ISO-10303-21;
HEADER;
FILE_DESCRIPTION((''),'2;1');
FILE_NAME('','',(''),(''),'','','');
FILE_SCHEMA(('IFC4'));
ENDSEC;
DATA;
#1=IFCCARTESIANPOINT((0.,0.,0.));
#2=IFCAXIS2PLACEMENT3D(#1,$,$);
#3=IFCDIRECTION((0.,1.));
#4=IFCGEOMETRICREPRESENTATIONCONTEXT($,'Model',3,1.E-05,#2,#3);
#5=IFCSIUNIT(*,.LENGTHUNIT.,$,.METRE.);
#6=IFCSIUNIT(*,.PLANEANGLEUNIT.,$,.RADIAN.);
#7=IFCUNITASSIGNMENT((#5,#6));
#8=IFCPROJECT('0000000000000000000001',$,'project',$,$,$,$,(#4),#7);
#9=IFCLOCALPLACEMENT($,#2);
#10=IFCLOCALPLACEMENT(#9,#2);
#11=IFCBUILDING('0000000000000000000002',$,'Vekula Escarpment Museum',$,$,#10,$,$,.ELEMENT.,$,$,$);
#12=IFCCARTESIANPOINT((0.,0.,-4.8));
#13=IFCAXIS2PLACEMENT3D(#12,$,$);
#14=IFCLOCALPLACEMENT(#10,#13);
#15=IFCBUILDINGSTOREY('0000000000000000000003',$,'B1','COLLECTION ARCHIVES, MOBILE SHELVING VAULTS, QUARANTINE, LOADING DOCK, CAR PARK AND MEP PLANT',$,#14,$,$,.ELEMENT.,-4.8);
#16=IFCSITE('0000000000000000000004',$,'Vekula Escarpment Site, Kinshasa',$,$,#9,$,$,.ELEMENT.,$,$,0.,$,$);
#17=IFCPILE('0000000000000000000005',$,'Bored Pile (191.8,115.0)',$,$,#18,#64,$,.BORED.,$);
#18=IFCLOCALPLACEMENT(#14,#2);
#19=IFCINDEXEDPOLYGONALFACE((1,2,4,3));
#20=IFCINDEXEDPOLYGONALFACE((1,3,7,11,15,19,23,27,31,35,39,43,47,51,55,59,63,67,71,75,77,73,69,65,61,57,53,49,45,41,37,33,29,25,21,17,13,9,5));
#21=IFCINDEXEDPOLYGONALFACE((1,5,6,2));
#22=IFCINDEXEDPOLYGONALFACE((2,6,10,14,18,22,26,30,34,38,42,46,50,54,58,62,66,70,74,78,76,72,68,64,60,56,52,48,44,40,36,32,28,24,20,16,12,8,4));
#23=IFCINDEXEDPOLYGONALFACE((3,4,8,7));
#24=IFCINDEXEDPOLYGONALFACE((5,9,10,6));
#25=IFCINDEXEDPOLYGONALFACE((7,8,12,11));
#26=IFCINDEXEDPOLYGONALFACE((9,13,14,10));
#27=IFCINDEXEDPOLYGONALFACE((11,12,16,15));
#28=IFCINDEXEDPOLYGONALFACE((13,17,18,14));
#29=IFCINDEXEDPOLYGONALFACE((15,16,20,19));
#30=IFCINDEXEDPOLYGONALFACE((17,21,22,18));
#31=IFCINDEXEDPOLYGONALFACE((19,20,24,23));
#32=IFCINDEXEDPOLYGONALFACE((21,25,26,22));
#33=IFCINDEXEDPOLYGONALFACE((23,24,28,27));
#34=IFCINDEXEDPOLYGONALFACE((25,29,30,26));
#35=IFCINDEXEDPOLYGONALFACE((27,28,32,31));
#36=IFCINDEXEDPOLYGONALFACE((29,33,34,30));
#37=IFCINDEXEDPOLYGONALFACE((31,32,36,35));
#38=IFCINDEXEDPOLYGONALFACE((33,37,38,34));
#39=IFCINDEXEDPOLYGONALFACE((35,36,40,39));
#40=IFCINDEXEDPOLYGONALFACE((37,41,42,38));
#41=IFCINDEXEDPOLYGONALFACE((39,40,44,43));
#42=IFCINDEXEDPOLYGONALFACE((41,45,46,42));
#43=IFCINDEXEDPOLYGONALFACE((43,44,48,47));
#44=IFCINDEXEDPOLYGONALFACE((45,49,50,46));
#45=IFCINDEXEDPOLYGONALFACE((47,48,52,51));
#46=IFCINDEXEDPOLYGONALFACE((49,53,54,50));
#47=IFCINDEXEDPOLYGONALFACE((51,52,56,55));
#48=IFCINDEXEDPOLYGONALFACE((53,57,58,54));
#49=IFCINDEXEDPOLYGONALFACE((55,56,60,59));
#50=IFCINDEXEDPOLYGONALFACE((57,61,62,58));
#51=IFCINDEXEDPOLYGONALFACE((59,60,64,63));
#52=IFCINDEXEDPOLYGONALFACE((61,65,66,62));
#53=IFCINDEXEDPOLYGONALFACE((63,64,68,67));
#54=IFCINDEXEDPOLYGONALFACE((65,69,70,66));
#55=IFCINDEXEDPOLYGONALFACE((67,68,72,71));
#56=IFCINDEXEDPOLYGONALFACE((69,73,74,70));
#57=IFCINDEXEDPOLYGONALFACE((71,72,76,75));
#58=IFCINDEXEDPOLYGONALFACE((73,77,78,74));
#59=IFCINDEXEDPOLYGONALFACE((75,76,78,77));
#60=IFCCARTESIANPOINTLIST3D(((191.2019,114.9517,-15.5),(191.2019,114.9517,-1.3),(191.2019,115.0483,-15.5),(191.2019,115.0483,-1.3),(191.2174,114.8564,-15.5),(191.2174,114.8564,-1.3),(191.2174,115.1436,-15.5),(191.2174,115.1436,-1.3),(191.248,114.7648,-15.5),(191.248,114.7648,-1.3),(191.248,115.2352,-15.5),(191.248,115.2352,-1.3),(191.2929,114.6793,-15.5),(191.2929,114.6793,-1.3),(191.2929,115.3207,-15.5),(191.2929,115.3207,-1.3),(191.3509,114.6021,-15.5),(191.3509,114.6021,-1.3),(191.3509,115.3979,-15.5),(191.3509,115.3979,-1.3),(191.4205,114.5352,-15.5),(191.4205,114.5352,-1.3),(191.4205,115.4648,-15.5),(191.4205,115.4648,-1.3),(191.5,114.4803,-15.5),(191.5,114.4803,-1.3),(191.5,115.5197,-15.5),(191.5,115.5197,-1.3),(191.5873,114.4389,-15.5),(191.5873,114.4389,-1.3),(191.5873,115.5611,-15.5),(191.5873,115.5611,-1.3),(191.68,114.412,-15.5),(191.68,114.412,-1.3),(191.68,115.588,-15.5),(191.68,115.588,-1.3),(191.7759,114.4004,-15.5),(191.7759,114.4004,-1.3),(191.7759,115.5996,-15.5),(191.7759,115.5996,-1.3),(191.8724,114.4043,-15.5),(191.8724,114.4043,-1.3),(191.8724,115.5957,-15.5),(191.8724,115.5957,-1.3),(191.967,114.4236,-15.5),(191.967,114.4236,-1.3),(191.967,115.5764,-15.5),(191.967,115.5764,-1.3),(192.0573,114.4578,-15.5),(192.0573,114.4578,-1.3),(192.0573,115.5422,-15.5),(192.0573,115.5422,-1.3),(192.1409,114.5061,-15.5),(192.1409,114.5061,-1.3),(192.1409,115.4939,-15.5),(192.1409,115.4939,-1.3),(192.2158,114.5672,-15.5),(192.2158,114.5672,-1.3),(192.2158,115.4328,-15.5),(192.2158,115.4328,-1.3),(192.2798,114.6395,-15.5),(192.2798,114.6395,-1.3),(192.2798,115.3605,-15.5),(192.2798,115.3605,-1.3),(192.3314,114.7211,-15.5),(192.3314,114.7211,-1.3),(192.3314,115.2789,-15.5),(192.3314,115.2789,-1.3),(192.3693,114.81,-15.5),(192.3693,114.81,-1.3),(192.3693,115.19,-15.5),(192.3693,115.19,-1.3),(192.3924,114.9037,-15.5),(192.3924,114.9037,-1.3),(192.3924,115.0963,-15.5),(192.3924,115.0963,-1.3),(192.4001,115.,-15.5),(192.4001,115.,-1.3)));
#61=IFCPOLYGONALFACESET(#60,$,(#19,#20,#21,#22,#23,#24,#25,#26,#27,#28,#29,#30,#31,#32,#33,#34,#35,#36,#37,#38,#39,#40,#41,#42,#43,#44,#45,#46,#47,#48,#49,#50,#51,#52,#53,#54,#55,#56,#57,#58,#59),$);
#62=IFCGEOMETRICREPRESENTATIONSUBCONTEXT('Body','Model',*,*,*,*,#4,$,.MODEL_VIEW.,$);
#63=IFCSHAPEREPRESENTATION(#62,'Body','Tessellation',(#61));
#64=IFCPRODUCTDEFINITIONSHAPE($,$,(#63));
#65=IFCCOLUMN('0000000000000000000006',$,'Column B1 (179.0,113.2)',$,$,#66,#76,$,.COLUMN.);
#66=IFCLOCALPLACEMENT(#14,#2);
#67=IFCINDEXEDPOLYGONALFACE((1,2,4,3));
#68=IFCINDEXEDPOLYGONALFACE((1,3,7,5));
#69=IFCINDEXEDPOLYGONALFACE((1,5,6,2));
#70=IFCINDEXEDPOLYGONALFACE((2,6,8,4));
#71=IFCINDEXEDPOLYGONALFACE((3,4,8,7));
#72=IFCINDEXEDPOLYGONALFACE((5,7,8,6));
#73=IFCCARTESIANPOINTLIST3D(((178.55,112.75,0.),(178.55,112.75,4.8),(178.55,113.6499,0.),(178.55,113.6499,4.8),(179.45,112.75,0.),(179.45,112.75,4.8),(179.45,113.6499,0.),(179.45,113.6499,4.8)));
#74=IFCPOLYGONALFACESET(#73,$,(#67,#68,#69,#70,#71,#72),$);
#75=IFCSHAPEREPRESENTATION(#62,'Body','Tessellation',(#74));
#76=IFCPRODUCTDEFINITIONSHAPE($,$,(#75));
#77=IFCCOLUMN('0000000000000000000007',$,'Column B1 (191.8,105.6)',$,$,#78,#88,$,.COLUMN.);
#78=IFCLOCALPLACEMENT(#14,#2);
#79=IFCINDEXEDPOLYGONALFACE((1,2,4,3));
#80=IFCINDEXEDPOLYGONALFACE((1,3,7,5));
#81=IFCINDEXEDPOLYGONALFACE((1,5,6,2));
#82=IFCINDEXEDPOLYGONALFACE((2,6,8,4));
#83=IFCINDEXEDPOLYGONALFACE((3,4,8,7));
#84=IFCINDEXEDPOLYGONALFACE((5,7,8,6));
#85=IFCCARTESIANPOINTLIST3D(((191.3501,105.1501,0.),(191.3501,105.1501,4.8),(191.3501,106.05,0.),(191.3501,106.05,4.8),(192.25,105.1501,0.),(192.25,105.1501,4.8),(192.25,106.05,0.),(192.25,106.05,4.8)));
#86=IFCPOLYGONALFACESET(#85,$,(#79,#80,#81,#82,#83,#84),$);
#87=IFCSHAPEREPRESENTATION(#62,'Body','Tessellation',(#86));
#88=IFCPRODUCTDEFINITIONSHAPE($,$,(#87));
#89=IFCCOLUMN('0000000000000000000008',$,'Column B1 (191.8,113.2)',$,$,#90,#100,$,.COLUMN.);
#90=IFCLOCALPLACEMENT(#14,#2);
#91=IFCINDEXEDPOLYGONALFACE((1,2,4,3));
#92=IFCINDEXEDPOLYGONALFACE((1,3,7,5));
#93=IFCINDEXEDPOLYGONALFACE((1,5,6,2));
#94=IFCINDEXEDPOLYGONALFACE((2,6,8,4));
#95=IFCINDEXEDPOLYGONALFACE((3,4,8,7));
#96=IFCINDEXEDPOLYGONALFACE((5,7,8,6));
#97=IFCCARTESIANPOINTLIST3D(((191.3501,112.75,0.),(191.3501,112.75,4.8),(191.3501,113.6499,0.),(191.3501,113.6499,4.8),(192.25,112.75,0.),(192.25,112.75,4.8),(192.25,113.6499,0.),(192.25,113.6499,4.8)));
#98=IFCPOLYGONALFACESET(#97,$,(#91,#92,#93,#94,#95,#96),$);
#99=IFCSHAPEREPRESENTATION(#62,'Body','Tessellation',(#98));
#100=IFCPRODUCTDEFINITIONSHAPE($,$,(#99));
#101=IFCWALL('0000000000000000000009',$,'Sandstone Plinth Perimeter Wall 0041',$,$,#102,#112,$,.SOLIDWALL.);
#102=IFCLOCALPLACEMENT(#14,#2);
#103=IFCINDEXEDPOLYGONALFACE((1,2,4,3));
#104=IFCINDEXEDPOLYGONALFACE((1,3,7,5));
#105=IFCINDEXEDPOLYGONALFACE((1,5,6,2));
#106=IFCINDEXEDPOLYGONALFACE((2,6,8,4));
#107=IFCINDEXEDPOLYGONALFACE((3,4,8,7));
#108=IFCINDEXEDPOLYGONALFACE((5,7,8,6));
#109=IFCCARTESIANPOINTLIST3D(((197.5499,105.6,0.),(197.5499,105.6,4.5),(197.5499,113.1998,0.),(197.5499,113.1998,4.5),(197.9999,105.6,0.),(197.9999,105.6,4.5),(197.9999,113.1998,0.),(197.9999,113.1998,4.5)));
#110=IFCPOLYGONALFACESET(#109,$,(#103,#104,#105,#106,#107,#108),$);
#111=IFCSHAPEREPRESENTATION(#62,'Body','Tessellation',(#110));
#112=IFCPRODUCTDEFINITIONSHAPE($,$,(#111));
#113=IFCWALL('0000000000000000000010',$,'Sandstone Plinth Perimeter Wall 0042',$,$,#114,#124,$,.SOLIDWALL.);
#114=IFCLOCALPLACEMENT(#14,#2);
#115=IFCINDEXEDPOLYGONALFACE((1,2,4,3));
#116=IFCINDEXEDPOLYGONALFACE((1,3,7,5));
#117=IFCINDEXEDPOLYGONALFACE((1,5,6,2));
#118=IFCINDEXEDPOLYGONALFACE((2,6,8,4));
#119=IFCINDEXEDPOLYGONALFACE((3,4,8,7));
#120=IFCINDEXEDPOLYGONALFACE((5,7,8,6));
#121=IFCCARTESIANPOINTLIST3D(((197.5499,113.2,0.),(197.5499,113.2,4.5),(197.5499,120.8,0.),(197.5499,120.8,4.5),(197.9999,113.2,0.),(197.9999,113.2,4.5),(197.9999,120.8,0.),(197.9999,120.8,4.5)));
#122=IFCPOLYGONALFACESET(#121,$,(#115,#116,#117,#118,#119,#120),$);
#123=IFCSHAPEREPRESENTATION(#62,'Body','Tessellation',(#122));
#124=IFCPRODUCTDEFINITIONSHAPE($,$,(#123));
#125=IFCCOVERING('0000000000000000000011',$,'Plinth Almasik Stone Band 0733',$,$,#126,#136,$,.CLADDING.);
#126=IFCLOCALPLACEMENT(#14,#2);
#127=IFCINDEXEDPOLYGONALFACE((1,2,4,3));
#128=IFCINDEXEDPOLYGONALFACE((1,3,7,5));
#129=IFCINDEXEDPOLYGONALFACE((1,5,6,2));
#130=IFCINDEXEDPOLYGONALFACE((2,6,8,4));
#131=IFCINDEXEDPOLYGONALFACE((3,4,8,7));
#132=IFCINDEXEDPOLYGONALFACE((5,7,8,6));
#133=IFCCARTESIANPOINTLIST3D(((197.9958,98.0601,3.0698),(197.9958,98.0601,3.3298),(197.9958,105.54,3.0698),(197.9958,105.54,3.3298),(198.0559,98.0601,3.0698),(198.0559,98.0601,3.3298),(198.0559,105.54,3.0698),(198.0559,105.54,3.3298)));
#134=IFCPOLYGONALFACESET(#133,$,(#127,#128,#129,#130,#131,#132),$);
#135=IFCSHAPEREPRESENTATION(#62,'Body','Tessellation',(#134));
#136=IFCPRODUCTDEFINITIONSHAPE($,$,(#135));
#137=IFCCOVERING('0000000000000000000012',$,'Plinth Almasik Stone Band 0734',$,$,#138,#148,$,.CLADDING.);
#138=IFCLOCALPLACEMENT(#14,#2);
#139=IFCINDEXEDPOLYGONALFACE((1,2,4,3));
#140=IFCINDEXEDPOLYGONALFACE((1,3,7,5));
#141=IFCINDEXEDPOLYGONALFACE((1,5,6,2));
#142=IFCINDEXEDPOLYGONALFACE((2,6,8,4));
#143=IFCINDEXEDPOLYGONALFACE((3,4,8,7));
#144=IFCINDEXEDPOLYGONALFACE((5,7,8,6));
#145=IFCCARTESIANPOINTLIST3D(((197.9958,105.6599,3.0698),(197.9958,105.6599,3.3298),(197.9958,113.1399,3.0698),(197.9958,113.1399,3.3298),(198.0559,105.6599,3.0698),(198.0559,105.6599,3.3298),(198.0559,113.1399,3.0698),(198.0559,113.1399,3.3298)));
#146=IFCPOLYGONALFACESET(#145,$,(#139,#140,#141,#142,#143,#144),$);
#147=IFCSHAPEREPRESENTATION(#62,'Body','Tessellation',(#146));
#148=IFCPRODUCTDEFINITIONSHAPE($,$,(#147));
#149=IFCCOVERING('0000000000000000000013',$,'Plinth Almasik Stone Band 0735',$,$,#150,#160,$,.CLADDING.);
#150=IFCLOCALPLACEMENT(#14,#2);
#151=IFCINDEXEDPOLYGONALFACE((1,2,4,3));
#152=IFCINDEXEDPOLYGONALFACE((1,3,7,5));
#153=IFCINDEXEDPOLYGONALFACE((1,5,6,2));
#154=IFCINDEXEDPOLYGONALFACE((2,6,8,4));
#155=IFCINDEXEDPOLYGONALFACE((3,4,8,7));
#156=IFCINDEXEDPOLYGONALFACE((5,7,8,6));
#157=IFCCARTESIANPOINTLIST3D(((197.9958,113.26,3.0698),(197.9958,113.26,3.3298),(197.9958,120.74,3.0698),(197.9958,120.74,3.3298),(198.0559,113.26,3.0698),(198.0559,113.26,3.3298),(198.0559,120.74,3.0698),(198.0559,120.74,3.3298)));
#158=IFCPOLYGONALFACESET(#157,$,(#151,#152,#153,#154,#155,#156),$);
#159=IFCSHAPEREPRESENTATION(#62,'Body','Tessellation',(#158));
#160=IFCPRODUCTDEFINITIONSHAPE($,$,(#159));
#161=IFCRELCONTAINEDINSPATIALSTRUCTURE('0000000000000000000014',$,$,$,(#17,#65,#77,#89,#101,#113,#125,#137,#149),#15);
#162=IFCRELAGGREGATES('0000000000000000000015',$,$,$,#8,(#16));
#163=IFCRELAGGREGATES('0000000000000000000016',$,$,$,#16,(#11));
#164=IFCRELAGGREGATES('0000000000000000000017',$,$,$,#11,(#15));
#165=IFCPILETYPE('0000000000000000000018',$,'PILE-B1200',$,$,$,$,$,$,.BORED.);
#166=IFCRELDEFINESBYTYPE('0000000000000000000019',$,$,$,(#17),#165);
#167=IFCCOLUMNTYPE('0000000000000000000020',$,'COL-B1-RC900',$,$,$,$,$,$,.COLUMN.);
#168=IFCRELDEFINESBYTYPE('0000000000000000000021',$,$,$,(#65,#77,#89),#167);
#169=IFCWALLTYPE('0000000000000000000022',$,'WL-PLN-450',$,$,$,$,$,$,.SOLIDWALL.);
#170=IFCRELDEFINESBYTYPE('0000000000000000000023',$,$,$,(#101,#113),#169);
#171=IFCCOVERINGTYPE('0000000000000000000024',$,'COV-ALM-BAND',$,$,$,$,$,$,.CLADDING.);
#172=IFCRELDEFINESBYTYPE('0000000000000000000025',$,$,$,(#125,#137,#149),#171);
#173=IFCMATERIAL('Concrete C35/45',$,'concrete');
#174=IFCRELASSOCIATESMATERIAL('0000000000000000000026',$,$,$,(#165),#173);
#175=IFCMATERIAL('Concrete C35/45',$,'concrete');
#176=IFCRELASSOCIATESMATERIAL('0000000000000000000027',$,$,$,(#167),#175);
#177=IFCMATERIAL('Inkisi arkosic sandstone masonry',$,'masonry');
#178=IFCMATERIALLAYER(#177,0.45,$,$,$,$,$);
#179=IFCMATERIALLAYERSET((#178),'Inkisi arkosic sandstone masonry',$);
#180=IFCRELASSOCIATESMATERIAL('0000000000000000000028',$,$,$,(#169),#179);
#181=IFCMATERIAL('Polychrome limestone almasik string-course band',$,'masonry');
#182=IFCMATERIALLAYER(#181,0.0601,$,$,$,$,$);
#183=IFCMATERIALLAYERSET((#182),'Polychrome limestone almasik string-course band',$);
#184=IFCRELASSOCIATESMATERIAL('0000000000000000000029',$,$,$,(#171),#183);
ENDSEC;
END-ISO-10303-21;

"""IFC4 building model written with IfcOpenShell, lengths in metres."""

from ifc_helpers import new_model, si_unit, direction, frame, frame_2d, origin, origin_2d, place, context, subcontext, project, spatial, rectangle, circle, extrude, material, layer, layer_set, material_profile, profile_set, type_object, element, save


model = new_model("IFC4")

# Units and contexts
model_context = context("Model", 3, precision=1e-05, world=origin(), true_north=direction((0.0, 1.0)))
body_context = subcontext(model_context, "Body", "Model", "MODEL_VIEW")
ifc_project = project(units=[si_unit("LENGTHUNIT", "METRE"), si_unit("PLANEANGLEUNIT", "RADIAN")], contexts=[model_context])

# Site, building, storey
site_placement = place(None, origin())
site = spatial("IfcSite", under=ifc_project, at=site_placement, Name="Vekula Escarpment Site, Kinshasa", CompositionType="ELEMENT", RefElevation=0.0)
building_placement = place(site_placement, origin())
building = spatial("IfcBuilding", under=site, at=building_placement, Name="Vekula Escarpment Museum", CompositionType="ELEMENT")
storey_placement = place(building_placement, frame((0.0, 0.0, -4.8)))
storey = spatial("IfcBuildingStorey", under=building, at=storey_placement, Name="B1", Description="COLLECTION ARCHIVES, MOBILE SHELVING VAULTS, QUARANTINE, LOADING DOCK, CAR PARK AND MEP PLANT", CompositionType="ELEMENT", Elevation=-4.8)

# Pile
ifc_material_1 = material(Name="Concrete C35/45", Category="concrete")
ifc_material_profile_1 = material_profile(ifc_material_1, circle(Radius=0.6001, at=origin_2d()), Name="BORED PILE 1200")
ifc_profile_set_1 = profile_set([ifc_material_profile_1], Name="Concrete C35/45")
pile_type = type_object("IfcPileType", Name="PILE-B1200", PredefinedType="BORED", material=ifc_profile_set_1)
for number, where, z_axis, x_axis, name in (
    (1, (191.8, 115.0, -1.3), (0.0, 0.0, -1.0), (1.0, 0.0, 0.0), "Bored Pile (191.8,115.0)"),
):
    element("IfcPile", number, at=place(storey_placement, frame(where, z_axis=z_axis, x_axis=x_axis)), inside=storey, type_object=pile_type, Name=name, PredefinedType="BORED", context=body_context, shape_type="SweptSolid", body=[
        extrude(circle(Radius=0.6001, at=origin_2d()), origin(), (0.0, 0.0, 1.0), 14.2),
    ])

# Columns
ifc_material_2 = material(Name="Concrete C35/45", Category="concrete")
ifc_material_profile_2 = material_profile(ifc_material_2, rectangle(XDim=0.8999, YDim=0.8999, at=origin_2d()), Name="RC 900x900")
ifc_profile_set_2 = profile_set([ifc_material_profile_2], Name="Concrete C35/45")
column_type = type_object("IfcColumnType", Name="COL-B1-RC900", PredefinedType="COLUMN", material=ifc_profile_set_2)
for number, where, z_axis, x_axis, name in (
    (2, (179.0, 113.2, 0.0), (0.0, 0.0, 1.0), (1.0, 0.0, 0.0), "Column B1 (179.0,113.2)"),
    (3, (191.8, 105.6001, 0.0), (0.0, 0.0, 1.0), (1.0, 0.0, 0.0), "Column B1 (191.8,105.6)"),
    (4, (191.8, 113.2, 0.0), (0.0, 0.0, 1.0), (1.0, 0.0, 0.0), "Column B1 (191.8,113.2)"),
):
    element("IfcColumn", number, at=place(storey_placement, frame(where, z_axis=z_axis, x_axis=x_axis)), inside=storey, type_object=column_type, Name=name, PredefinedType="COLUMN", context=body_context, shape_type="SweptSolid", body=[
        extrude(rectangle(XDim=0.8999, YDim=0.8999, at=origin_2d()), origin(), (0.0, 0.0, 1.0), 4.8),
    ])

# Walls
ifc_material_3 = material(Name="Inkisi arkosic sandstone masonry", Category="masonry")
ifc_layer_1 = layer(ifc_material_3, 0.45)
ifc_layer_set_1 = layer_set([ifc_layer_1], Name="Inkisi arkosic sandstone masonry")
wall_type = type_object("IfcWallType", Name="WL-PLN-450", PredefinedType="SOLIDWALL", material=ifc_layer_set_1)
wall_1_placement = place(storey_placement, frame((197.7749, 105.6001, 0.0), z_axis=(0.0, 0.0, 1.0), x_axis=(0.0, 1.0, 0.0)))
element("IfcWall", 5, at=wall_1_placement, inside=storey, type_object=wall_type, Name="Sandstone Plinth Perimeter Wall 0041", PredefinedType="SOLIDWALL", context=body_context, shape_type="SweptSolid", body=[
    extrude(rectangle(XDim=7.5999, YDim=0.45, at=frame_2d((3.7998, 0.0))), origin(), (0.0, 0.0, 1.0), 4.5),
])
wall_2_placement = place(storey_placement, frame((197.7749, 113.2, 0.0), z_axis=(0.0, 0.0, 1.0), x_axis=(0.0, 1.0, 0.0)))
element("IfcWall", 6, at=wall_2_placement, inside=storey, type_object=wall_type, Name="Sandstone Plinth Perimeter Wall 0042", PredefinedType="SOLIDWALL", context=body_context, shape_type="SweptSolid", body=[
    extrude(rectangle(XDim=7.6001, YDim=0.45, at=frame_2d((3.8, 0.0))), origin(), (0.0, 0.0, 1.0), 4.5),
])

# Coverings
ifc_material_4 = material(Name="Polychrome limestone almasik string-course band", Category="masonry")
ifc_layer_2 = layer(ifc_material_4, 0.0601)
ifc_layer_set_2 = layer_set([ifc_layer_2], Name="Polychrome limestone almasik string-course band")
covering_type = type_object("IfcCoveringType", Name="COV-ALM-BAND", PredefinedType="CLADDING", material=ifc_layer_set_2)
for number, where, z_axis, x_axis, name in (
    (7, (198.0259, 101.8, 3.0698), (0.0, 0.0, 1.0), (0.0, 1.0, 0.0), "Plinth Almasik Stone Band 0733"),
    (8, (198.0259, 109.3999, 3.0698), (0.0, 0.0, 1.0), (0.0, 1.0, 0.0), "Plinth Almasik Stone Band 0734"),
    (9, (198.0259, 117.0, 3.0698), (0.0, 0.0, 1.0), (0.0, 1.0, 0.0), "Plinth Almasik Stone Band 0735"),
):
    element("IfcCovering", number, at=place(storey_placement, frame(where, z_axis=z_axis, x_axis=x_axis)), inside=storey, type_object=covering_type, Name=name, PredefinedType="CLADDING", context=body_context, shape_type="SweptSolid", body=[
        extrude(rectangle(XDim=7.48, YDim=0.0601, at=origin_2d()), origin(), (0.0, 0.0, 1.0), 0.26),
    ])

save(model, "model.ifc")
